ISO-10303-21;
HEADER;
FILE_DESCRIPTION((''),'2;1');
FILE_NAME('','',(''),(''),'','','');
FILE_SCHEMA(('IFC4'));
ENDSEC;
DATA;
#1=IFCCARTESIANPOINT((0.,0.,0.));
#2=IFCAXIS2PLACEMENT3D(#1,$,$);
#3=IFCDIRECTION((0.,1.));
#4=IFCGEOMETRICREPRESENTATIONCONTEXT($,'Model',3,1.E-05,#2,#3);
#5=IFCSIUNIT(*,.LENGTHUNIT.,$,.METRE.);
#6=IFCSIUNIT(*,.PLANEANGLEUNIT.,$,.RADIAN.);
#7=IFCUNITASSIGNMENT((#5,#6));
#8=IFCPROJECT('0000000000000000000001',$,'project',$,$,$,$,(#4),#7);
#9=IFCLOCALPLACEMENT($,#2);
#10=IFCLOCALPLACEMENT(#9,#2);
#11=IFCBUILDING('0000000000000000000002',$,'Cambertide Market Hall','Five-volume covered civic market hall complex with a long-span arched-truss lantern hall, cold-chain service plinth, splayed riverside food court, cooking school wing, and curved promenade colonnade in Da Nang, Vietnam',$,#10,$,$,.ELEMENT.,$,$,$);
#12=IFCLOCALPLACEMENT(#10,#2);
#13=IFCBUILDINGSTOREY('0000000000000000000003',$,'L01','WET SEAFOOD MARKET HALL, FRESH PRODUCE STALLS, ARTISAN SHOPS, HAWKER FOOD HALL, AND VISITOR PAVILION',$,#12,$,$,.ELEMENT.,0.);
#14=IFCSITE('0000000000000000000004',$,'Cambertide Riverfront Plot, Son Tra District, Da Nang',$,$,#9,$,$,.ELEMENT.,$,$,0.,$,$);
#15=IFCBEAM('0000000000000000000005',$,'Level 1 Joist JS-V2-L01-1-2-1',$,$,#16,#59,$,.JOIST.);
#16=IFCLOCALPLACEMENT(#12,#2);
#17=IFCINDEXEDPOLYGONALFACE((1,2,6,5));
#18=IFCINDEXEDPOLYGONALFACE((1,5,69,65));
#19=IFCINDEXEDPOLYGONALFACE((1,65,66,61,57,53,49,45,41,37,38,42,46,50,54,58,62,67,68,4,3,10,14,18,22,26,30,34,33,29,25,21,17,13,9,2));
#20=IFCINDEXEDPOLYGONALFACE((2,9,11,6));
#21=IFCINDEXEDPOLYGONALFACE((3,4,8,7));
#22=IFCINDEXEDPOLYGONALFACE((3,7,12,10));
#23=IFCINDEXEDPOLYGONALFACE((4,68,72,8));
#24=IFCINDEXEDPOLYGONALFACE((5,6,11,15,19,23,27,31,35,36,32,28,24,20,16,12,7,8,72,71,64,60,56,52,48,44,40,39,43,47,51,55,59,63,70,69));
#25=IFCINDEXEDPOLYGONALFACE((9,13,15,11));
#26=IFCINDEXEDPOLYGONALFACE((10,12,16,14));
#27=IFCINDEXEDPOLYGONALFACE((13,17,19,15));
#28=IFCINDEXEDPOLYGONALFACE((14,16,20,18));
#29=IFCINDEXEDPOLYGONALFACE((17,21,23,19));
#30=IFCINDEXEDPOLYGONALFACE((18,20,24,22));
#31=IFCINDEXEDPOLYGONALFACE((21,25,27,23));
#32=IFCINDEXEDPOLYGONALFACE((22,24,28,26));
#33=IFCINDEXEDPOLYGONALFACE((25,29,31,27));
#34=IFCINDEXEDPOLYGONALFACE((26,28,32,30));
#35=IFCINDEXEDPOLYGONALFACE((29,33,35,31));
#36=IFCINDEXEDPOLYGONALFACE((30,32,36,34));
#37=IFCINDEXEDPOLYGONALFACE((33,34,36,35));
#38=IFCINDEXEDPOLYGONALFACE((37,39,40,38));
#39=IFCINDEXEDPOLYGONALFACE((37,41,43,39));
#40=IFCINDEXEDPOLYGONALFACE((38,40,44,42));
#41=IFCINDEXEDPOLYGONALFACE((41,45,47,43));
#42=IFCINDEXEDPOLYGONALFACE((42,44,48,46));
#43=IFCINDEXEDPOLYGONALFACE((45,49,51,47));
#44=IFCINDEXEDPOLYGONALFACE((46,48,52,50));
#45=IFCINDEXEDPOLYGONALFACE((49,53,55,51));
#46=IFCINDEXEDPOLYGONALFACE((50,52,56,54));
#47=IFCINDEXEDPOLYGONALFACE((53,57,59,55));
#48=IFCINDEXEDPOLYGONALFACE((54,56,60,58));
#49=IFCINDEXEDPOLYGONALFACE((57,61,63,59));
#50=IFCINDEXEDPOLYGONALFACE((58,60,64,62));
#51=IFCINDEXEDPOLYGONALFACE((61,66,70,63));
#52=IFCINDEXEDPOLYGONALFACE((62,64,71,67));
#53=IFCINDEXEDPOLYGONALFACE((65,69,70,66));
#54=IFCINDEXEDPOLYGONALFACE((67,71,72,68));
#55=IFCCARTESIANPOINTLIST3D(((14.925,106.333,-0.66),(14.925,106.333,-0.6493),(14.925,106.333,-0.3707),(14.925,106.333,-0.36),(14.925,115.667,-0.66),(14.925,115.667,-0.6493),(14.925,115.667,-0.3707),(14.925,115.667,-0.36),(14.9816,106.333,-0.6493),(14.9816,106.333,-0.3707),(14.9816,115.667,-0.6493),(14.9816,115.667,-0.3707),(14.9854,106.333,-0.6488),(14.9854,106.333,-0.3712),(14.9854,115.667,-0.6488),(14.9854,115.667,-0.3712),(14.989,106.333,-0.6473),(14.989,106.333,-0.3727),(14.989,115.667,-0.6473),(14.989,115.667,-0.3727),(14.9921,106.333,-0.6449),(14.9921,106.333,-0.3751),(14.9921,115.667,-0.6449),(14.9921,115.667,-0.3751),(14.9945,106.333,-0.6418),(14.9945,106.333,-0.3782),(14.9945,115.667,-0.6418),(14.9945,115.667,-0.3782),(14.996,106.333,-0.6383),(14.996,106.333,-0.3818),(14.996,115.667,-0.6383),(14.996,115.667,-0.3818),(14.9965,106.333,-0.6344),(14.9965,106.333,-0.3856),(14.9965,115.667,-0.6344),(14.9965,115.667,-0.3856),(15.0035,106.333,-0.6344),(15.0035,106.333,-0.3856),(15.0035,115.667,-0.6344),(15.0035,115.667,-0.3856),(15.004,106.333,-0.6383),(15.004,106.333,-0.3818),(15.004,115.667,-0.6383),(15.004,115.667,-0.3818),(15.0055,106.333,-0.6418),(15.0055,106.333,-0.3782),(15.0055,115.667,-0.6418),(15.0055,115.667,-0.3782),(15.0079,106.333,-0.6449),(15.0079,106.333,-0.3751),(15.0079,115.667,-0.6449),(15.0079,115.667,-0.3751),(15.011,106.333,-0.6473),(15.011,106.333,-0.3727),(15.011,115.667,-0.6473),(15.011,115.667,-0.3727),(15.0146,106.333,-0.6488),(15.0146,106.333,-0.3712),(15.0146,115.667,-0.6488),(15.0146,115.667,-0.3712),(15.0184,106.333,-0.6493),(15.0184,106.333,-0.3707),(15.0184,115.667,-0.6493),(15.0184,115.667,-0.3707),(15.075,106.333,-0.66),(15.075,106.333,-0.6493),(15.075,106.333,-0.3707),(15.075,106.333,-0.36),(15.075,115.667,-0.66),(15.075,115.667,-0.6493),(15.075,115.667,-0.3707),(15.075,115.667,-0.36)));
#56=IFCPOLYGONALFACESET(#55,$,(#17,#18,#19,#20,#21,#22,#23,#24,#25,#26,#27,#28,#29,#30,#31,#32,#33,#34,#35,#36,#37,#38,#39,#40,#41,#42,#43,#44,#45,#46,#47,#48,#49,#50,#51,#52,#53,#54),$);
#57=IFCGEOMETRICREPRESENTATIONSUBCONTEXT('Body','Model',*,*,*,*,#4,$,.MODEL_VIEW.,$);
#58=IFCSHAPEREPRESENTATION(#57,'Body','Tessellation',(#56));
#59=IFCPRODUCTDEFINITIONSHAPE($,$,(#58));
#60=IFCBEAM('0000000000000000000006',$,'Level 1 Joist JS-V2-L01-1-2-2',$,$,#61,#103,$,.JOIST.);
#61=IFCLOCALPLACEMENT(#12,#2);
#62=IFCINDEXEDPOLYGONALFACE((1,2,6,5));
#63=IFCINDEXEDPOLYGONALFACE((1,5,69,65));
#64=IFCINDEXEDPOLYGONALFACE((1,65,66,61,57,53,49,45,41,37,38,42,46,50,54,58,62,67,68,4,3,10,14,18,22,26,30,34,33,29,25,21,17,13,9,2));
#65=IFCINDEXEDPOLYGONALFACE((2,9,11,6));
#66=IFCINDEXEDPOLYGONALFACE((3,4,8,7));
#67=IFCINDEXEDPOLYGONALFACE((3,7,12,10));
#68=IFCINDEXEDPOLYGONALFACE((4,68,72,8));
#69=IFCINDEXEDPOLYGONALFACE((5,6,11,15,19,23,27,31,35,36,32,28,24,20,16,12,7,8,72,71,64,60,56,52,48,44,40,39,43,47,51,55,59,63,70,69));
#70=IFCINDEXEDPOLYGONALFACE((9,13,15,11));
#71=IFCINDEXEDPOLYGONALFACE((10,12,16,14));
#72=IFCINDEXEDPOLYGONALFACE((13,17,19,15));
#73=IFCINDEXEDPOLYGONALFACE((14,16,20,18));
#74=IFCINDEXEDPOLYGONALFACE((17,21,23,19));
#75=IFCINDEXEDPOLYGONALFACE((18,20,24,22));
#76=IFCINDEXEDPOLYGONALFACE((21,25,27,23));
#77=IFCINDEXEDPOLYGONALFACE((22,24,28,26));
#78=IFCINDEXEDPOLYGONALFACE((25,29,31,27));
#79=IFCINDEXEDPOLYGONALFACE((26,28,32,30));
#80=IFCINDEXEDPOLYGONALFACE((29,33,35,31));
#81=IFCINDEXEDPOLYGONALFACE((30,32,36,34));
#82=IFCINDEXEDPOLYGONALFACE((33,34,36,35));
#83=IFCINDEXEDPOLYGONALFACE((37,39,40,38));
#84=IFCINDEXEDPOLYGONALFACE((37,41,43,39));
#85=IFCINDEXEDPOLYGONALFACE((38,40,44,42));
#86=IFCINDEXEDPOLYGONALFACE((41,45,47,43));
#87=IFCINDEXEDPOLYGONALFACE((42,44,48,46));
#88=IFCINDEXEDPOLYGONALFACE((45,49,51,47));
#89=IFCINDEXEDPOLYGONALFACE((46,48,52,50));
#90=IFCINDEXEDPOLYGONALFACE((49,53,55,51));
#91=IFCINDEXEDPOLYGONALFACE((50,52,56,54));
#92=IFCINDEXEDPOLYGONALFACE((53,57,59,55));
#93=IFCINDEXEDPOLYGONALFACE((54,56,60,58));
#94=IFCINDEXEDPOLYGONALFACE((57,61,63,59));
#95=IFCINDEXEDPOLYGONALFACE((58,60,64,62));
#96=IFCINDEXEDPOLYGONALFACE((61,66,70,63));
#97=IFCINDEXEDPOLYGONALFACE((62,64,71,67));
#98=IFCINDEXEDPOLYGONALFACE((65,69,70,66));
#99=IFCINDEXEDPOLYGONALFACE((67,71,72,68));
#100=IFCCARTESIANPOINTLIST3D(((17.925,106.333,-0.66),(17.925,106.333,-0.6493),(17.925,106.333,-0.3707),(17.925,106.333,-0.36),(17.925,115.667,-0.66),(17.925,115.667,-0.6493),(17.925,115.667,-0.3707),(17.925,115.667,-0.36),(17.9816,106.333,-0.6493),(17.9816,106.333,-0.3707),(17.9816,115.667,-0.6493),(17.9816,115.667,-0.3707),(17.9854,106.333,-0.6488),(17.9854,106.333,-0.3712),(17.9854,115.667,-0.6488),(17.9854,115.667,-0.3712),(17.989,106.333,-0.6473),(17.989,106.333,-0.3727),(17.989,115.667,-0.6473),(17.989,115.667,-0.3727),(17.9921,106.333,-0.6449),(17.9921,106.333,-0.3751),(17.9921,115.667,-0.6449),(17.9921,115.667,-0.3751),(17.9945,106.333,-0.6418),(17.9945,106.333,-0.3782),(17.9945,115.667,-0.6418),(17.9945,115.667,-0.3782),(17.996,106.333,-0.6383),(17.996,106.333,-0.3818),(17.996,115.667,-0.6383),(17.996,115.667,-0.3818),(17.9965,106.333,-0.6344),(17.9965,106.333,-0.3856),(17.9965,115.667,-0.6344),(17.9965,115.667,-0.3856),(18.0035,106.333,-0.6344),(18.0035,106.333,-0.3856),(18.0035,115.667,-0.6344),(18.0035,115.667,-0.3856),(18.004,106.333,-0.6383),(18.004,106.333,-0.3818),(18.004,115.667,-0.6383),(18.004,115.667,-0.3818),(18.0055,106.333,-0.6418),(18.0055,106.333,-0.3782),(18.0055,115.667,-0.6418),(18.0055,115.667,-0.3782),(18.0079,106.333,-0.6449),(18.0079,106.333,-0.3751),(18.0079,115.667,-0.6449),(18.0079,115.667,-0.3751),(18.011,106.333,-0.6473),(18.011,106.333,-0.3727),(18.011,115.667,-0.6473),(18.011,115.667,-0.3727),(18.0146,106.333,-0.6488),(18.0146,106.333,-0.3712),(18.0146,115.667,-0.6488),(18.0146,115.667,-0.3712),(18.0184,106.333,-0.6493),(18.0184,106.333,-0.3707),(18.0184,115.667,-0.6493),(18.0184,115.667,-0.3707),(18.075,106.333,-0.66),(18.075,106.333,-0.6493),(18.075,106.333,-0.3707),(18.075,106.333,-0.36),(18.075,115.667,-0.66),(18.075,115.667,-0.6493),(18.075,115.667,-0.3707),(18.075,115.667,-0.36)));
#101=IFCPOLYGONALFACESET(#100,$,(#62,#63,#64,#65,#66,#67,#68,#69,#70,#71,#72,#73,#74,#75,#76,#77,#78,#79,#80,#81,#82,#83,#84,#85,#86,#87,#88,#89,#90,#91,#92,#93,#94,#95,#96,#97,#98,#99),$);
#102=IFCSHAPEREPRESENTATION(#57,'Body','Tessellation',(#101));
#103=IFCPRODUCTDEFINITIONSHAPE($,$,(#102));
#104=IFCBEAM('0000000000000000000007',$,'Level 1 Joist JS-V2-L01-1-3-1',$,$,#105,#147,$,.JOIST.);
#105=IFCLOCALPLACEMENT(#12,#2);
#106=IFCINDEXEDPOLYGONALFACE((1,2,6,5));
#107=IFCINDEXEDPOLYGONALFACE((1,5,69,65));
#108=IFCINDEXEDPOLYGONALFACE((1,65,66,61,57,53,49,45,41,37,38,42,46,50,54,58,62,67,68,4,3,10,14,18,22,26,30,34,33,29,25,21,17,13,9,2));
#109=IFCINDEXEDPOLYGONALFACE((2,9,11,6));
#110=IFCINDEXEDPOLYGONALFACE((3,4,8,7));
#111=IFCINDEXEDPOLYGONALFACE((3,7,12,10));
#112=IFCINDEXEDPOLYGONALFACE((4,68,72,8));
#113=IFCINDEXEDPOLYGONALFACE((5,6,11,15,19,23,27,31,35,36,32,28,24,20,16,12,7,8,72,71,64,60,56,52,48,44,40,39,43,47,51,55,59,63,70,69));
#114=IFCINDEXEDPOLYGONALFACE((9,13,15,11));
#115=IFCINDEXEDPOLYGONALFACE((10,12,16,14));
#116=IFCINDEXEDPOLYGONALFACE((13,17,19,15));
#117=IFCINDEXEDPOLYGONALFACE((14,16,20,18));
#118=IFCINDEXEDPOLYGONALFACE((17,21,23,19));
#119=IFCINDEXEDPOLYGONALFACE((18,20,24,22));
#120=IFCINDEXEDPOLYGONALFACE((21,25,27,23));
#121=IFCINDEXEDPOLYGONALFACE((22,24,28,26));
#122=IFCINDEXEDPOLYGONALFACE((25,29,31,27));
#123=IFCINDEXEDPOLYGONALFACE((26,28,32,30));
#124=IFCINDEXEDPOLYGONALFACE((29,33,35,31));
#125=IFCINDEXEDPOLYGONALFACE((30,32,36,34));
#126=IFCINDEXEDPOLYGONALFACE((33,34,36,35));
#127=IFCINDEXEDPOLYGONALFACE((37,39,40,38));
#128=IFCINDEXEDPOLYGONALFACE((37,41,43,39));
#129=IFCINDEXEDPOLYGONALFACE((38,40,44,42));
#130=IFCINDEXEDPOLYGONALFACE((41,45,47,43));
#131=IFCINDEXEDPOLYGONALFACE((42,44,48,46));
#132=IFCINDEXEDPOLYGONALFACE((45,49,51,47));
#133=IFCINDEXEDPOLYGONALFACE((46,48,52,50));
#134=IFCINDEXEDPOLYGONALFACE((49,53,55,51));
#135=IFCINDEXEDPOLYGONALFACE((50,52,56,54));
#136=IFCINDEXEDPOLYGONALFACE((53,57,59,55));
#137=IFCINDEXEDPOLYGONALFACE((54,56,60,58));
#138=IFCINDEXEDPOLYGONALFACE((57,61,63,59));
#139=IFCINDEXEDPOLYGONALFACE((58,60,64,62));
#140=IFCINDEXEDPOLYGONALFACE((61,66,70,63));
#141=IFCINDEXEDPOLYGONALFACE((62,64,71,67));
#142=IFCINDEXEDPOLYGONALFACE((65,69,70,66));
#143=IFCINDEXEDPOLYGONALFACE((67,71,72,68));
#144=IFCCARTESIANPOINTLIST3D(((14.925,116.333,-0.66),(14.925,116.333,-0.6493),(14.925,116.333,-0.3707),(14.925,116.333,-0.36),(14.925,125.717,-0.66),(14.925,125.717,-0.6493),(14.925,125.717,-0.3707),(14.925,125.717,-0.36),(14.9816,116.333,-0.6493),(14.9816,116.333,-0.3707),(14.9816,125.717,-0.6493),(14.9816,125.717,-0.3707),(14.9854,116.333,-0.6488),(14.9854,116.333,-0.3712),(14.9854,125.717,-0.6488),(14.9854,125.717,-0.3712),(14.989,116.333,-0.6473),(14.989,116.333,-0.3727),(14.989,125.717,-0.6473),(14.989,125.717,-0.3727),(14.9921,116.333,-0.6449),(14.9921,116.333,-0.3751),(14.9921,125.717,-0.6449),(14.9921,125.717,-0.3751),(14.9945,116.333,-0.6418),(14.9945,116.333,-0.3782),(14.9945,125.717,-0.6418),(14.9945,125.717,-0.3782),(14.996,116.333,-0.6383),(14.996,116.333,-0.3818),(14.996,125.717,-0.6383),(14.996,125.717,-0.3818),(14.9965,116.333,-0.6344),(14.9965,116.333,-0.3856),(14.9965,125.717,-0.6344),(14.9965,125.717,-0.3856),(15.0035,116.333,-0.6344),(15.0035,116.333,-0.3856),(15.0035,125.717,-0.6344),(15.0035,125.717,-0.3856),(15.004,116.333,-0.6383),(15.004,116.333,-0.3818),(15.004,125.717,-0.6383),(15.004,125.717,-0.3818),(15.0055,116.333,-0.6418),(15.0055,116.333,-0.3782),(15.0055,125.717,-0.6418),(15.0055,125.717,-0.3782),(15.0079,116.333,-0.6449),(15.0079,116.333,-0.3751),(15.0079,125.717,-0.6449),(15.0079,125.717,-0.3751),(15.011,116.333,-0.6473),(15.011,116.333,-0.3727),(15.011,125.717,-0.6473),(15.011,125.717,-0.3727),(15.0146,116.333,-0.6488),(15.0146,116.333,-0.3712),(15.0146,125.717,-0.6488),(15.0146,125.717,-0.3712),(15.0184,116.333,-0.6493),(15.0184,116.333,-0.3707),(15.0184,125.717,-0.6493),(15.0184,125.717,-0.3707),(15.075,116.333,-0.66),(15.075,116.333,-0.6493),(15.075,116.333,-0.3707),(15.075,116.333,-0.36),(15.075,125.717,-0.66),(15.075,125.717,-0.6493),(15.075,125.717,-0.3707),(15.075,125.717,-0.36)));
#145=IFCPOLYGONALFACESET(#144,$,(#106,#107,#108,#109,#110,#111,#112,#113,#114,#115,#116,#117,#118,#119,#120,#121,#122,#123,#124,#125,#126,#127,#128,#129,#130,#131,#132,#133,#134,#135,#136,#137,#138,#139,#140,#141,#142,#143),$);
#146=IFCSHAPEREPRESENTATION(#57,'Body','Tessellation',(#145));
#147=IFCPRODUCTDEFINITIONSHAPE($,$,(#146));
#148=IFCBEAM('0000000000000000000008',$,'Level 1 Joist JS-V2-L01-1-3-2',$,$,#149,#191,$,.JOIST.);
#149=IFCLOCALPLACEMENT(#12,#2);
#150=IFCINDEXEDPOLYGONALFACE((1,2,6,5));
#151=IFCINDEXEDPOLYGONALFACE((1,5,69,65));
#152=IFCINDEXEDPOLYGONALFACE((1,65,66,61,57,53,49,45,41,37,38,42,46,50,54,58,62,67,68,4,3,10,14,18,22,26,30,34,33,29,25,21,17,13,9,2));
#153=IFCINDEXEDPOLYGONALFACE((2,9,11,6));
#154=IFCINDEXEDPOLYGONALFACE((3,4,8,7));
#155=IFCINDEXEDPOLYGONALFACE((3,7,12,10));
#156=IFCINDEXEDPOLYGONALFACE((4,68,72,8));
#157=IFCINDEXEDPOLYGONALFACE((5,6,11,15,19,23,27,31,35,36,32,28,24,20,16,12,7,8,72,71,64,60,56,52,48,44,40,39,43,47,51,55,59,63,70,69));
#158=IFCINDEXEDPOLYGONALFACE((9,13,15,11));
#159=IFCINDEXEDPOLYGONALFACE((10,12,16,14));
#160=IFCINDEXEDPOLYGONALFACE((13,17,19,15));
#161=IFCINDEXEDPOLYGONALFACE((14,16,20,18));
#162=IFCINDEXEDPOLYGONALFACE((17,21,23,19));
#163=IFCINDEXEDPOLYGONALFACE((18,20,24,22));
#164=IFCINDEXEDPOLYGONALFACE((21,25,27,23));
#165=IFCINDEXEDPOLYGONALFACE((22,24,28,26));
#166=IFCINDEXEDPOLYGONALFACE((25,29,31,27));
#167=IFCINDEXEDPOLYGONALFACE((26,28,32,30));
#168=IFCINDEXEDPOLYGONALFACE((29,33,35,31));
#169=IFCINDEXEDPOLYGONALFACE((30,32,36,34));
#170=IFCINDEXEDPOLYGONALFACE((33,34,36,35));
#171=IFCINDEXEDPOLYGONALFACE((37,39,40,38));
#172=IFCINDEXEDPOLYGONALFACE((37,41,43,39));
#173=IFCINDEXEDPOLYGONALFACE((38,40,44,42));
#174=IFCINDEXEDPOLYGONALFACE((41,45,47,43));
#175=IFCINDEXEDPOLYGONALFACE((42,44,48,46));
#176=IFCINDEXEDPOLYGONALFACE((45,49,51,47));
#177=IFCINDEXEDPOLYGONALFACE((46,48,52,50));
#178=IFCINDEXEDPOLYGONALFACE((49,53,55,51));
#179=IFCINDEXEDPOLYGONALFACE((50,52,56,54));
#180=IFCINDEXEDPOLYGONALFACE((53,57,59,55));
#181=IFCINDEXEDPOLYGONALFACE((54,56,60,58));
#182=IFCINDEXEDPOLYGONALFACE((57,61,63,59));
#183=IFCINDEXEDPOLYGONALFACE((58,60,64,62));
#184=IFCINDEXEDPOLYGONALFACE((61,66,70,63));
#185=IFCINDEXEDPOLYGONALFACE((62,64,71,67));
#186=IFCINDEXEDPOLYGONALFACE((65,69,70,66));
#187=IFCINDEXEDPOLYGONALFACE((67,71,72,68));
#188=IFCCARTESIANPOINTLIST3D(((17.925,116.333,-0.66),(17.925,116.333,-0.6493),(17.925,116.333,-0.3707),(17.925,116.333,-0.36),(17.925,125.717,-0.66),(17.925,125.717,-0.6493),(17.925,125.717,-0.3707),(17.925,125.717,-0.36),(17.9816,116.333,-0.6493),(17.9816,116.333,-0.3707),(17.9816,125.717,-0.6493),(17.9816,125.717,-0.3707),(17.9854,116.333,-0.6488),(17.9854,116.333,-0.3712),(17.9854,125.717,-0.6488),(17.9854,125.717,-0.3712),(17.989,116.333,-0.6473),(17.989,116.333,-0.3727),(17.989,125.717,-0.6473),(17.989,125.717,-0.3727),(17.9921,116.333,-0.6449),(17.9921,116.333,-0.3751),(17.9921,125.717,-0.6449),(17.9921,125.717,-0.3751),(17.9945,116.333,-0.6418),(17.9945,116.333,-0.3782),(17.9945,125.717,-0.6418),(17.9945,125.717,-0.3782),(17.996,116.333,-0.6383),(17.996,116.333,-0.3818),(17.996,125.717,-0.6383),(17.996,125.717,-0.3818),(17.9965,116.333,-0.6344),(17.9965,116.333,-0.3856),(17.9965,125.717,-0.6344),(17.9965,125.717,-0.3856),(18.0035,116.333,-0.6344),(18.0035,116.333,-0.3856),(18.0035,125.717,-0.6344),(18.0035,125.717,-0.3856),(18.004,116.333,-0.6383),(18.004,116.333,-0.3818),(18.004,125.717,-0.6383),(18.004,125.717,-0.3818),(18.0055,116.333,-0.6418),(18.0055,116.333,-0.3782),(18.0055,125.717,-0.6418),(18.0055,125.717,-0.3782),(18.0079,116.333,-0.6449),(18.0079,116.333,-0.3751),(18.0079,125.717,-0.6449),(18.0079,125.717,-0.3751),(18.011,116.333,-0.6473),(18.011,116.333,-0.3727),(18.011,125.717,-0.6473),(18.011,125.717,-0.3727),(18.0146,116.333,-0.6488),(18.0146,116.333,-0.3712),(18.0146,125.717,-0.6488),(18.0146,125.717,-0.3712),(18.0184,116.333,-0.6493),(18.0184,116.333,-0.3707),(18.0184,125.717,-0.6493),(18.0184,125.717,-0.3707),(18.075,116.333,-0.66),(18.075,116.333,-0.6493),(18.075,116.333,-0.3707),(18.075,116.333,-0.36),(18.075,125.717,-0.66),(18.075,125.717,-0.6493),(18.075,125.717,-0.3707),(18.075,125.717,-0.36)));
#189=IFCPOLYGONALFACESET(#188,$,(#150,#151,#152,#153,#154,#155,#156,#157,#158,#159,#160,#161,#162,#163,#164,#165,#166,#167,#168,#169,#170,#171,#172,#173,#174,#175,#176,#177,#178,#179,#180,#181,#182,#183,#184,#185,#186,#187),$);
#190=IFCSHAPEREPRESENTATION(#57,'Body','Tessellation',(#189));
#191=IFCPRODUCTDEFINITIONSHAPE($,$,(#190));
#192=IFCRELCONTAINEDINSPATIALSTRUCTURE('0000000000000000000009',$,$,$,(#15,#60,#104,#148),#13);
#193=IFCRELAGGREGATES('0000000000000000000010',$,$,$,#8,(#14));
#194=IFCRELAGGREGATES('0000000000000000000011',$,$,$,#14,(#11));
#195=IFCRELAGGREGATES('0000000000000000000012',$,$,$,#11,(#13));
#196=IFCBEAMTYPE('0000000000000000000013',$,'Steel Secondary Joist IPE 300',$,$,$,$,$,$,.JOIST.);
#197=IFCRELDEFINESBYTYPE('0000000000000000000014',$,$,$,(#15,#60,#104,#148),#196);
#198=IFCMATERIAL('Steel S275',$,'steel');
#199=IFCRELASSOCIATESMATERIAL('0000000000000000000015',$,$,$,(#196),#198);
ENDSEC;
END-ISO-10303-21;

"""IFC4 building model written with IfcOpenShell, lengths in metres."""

from ifc_helpers import new_model, si_unit, direction, frame, origin, origin_2d, place, context, subcontext, project, spatial, i_section, extrude, material, material_profile, profile_set, type_object, element, save


model = new_model("IFC4")

# Units and contexts
model_context = context("Model", 3, precision=1e-05, world=origin(), true_north=direction((0.0, 1.0)))
body_context = subcontext(model_context, "Body", "Model", "MODEL_VIEW")
ifc_project = project(units=[si_unit("LENGTHUNIT", "METRE"), si_unit("PLANEANGLEUNIT", "RADIAN")], contexts=[model_context])

# Site, building, storey
site_placement = place(None, origin())
site = spatial("IfcSite", under=ifc_project, at=site_placement, Name="Cambertide Riverfront Plot, Son Tra District, Da Nang", CompositionType="ELEMENT", RefElevation=0.0)
building_placement = place(site_placement, origin())
building = spatial("IfcBuilding", under=site, at=building_placement, Name="Cambertide Market Hall", Description="Five-volume covered civic market hall complex with a long-span arched-truss lantern hall, cold-chain service plinth, splayed riverside food court, cooking school wing, and curved promenade colonnade in Da Nang, Vietnam", CompositionType="ELEMENT")
storey_placement = place(building_placement, origin())
storey = spatial("IfcBuildingStorey", under=building, at=storey_placement, Name="L01", Description="WET SEAFOOD MARKET HALL, FRESH PRODUCE STALLS, ARTISAN SHOPS, HAWKER FOOD HALL, AND VISITOR PAVILION", CompositionType="ELEMENT", Elevation=0.0)

# Beams
ifc_material_1 = material(Name="Steel S275", Category="steel")
ifc_material_profile_1 = material_profile(ifc_material_1, i_section(OverallWidth=0.1499, OverallDepth=0.3, WebThickness=0.0071, FlangeThickness=0.0107, FilletRadius=0.0149, at=origin_2d()), Name="IPE 300")
ifc_profile_set_1 = profile_set([ifc_material_profile_1], Name="Steel S275")
beam_type_1 = type_object("IfcBeamType", Name="Steel Secondary Joist IPE 300", PredefinedType="JOIST", material=ifc_profile_set_1)
for number, where, z_axis, x_axis, name in (
    (1, (15.0, 106.333, -0.51), (0.0, 1.0, 0.0), (-1.0, 0.0, 0.0), "Level 1 Joist JS-V2-L01-1-2-1"),
    (2, (18.0, 106.333, -0.51), (0.0, 1.0, 0.0), (-1.0, 0.0, 0.0), "Level 1 Joist JS-V2-L01-1-2-2"),
):
    element("IfcBeam", number, at=place(storey_placement, frame(where, z_axis=z_axis, x_axis=x_axis)), inside=storey, type_object=beam_type_1, Name=name, PredefinedType="JOIST", context=body_context, shape_type="SweptSolid", body=[
        extrude(i_section(OverallWidth=0.1499, OverallDepth=0.3, WebThickness=0.0071, FlangeThickness=0.0107, FilletRadius=0.0149, at=origin_2d()), origin(), (0.0, 0.0, 1.0), 9.334),
    ])
for number, where, z_axis, x_axis, name in (
    (3, (15.0, 116.333, -0.51), (0.0, 1.0, 0.0), (-1.0, 0.0, 0.0), "Level 1 Joist JS-V2-L01-1-3-1"),
    (4, (18.0, 116.333, -0.51), (0.0, 1.0, 0.0), (-1.0, 0.0, 0.0), "Level 1 Joist JS-V2-L01-1-3-2"),
):
    element("IfcBeam", number, at=place(storey_placement, frame(where, z_axis=z_axis, x_axis=x_axis)), inside=storey, type_object=beam_type_1, Name=name, PredefinedType="JOIST", context=body_context, shape_type="SweptSolid", body=[
        extrude(i_section(OverallWidth=0.1499, OverallDepth=0.3, WebThickness=0.0071, FlangeThickness=0.0107, FilletRadius=0.0149, at=origin_2d()), origin(), (0.0, 0.0, 1.0), 9.384),
    ])

save(model, "model.ifc")
